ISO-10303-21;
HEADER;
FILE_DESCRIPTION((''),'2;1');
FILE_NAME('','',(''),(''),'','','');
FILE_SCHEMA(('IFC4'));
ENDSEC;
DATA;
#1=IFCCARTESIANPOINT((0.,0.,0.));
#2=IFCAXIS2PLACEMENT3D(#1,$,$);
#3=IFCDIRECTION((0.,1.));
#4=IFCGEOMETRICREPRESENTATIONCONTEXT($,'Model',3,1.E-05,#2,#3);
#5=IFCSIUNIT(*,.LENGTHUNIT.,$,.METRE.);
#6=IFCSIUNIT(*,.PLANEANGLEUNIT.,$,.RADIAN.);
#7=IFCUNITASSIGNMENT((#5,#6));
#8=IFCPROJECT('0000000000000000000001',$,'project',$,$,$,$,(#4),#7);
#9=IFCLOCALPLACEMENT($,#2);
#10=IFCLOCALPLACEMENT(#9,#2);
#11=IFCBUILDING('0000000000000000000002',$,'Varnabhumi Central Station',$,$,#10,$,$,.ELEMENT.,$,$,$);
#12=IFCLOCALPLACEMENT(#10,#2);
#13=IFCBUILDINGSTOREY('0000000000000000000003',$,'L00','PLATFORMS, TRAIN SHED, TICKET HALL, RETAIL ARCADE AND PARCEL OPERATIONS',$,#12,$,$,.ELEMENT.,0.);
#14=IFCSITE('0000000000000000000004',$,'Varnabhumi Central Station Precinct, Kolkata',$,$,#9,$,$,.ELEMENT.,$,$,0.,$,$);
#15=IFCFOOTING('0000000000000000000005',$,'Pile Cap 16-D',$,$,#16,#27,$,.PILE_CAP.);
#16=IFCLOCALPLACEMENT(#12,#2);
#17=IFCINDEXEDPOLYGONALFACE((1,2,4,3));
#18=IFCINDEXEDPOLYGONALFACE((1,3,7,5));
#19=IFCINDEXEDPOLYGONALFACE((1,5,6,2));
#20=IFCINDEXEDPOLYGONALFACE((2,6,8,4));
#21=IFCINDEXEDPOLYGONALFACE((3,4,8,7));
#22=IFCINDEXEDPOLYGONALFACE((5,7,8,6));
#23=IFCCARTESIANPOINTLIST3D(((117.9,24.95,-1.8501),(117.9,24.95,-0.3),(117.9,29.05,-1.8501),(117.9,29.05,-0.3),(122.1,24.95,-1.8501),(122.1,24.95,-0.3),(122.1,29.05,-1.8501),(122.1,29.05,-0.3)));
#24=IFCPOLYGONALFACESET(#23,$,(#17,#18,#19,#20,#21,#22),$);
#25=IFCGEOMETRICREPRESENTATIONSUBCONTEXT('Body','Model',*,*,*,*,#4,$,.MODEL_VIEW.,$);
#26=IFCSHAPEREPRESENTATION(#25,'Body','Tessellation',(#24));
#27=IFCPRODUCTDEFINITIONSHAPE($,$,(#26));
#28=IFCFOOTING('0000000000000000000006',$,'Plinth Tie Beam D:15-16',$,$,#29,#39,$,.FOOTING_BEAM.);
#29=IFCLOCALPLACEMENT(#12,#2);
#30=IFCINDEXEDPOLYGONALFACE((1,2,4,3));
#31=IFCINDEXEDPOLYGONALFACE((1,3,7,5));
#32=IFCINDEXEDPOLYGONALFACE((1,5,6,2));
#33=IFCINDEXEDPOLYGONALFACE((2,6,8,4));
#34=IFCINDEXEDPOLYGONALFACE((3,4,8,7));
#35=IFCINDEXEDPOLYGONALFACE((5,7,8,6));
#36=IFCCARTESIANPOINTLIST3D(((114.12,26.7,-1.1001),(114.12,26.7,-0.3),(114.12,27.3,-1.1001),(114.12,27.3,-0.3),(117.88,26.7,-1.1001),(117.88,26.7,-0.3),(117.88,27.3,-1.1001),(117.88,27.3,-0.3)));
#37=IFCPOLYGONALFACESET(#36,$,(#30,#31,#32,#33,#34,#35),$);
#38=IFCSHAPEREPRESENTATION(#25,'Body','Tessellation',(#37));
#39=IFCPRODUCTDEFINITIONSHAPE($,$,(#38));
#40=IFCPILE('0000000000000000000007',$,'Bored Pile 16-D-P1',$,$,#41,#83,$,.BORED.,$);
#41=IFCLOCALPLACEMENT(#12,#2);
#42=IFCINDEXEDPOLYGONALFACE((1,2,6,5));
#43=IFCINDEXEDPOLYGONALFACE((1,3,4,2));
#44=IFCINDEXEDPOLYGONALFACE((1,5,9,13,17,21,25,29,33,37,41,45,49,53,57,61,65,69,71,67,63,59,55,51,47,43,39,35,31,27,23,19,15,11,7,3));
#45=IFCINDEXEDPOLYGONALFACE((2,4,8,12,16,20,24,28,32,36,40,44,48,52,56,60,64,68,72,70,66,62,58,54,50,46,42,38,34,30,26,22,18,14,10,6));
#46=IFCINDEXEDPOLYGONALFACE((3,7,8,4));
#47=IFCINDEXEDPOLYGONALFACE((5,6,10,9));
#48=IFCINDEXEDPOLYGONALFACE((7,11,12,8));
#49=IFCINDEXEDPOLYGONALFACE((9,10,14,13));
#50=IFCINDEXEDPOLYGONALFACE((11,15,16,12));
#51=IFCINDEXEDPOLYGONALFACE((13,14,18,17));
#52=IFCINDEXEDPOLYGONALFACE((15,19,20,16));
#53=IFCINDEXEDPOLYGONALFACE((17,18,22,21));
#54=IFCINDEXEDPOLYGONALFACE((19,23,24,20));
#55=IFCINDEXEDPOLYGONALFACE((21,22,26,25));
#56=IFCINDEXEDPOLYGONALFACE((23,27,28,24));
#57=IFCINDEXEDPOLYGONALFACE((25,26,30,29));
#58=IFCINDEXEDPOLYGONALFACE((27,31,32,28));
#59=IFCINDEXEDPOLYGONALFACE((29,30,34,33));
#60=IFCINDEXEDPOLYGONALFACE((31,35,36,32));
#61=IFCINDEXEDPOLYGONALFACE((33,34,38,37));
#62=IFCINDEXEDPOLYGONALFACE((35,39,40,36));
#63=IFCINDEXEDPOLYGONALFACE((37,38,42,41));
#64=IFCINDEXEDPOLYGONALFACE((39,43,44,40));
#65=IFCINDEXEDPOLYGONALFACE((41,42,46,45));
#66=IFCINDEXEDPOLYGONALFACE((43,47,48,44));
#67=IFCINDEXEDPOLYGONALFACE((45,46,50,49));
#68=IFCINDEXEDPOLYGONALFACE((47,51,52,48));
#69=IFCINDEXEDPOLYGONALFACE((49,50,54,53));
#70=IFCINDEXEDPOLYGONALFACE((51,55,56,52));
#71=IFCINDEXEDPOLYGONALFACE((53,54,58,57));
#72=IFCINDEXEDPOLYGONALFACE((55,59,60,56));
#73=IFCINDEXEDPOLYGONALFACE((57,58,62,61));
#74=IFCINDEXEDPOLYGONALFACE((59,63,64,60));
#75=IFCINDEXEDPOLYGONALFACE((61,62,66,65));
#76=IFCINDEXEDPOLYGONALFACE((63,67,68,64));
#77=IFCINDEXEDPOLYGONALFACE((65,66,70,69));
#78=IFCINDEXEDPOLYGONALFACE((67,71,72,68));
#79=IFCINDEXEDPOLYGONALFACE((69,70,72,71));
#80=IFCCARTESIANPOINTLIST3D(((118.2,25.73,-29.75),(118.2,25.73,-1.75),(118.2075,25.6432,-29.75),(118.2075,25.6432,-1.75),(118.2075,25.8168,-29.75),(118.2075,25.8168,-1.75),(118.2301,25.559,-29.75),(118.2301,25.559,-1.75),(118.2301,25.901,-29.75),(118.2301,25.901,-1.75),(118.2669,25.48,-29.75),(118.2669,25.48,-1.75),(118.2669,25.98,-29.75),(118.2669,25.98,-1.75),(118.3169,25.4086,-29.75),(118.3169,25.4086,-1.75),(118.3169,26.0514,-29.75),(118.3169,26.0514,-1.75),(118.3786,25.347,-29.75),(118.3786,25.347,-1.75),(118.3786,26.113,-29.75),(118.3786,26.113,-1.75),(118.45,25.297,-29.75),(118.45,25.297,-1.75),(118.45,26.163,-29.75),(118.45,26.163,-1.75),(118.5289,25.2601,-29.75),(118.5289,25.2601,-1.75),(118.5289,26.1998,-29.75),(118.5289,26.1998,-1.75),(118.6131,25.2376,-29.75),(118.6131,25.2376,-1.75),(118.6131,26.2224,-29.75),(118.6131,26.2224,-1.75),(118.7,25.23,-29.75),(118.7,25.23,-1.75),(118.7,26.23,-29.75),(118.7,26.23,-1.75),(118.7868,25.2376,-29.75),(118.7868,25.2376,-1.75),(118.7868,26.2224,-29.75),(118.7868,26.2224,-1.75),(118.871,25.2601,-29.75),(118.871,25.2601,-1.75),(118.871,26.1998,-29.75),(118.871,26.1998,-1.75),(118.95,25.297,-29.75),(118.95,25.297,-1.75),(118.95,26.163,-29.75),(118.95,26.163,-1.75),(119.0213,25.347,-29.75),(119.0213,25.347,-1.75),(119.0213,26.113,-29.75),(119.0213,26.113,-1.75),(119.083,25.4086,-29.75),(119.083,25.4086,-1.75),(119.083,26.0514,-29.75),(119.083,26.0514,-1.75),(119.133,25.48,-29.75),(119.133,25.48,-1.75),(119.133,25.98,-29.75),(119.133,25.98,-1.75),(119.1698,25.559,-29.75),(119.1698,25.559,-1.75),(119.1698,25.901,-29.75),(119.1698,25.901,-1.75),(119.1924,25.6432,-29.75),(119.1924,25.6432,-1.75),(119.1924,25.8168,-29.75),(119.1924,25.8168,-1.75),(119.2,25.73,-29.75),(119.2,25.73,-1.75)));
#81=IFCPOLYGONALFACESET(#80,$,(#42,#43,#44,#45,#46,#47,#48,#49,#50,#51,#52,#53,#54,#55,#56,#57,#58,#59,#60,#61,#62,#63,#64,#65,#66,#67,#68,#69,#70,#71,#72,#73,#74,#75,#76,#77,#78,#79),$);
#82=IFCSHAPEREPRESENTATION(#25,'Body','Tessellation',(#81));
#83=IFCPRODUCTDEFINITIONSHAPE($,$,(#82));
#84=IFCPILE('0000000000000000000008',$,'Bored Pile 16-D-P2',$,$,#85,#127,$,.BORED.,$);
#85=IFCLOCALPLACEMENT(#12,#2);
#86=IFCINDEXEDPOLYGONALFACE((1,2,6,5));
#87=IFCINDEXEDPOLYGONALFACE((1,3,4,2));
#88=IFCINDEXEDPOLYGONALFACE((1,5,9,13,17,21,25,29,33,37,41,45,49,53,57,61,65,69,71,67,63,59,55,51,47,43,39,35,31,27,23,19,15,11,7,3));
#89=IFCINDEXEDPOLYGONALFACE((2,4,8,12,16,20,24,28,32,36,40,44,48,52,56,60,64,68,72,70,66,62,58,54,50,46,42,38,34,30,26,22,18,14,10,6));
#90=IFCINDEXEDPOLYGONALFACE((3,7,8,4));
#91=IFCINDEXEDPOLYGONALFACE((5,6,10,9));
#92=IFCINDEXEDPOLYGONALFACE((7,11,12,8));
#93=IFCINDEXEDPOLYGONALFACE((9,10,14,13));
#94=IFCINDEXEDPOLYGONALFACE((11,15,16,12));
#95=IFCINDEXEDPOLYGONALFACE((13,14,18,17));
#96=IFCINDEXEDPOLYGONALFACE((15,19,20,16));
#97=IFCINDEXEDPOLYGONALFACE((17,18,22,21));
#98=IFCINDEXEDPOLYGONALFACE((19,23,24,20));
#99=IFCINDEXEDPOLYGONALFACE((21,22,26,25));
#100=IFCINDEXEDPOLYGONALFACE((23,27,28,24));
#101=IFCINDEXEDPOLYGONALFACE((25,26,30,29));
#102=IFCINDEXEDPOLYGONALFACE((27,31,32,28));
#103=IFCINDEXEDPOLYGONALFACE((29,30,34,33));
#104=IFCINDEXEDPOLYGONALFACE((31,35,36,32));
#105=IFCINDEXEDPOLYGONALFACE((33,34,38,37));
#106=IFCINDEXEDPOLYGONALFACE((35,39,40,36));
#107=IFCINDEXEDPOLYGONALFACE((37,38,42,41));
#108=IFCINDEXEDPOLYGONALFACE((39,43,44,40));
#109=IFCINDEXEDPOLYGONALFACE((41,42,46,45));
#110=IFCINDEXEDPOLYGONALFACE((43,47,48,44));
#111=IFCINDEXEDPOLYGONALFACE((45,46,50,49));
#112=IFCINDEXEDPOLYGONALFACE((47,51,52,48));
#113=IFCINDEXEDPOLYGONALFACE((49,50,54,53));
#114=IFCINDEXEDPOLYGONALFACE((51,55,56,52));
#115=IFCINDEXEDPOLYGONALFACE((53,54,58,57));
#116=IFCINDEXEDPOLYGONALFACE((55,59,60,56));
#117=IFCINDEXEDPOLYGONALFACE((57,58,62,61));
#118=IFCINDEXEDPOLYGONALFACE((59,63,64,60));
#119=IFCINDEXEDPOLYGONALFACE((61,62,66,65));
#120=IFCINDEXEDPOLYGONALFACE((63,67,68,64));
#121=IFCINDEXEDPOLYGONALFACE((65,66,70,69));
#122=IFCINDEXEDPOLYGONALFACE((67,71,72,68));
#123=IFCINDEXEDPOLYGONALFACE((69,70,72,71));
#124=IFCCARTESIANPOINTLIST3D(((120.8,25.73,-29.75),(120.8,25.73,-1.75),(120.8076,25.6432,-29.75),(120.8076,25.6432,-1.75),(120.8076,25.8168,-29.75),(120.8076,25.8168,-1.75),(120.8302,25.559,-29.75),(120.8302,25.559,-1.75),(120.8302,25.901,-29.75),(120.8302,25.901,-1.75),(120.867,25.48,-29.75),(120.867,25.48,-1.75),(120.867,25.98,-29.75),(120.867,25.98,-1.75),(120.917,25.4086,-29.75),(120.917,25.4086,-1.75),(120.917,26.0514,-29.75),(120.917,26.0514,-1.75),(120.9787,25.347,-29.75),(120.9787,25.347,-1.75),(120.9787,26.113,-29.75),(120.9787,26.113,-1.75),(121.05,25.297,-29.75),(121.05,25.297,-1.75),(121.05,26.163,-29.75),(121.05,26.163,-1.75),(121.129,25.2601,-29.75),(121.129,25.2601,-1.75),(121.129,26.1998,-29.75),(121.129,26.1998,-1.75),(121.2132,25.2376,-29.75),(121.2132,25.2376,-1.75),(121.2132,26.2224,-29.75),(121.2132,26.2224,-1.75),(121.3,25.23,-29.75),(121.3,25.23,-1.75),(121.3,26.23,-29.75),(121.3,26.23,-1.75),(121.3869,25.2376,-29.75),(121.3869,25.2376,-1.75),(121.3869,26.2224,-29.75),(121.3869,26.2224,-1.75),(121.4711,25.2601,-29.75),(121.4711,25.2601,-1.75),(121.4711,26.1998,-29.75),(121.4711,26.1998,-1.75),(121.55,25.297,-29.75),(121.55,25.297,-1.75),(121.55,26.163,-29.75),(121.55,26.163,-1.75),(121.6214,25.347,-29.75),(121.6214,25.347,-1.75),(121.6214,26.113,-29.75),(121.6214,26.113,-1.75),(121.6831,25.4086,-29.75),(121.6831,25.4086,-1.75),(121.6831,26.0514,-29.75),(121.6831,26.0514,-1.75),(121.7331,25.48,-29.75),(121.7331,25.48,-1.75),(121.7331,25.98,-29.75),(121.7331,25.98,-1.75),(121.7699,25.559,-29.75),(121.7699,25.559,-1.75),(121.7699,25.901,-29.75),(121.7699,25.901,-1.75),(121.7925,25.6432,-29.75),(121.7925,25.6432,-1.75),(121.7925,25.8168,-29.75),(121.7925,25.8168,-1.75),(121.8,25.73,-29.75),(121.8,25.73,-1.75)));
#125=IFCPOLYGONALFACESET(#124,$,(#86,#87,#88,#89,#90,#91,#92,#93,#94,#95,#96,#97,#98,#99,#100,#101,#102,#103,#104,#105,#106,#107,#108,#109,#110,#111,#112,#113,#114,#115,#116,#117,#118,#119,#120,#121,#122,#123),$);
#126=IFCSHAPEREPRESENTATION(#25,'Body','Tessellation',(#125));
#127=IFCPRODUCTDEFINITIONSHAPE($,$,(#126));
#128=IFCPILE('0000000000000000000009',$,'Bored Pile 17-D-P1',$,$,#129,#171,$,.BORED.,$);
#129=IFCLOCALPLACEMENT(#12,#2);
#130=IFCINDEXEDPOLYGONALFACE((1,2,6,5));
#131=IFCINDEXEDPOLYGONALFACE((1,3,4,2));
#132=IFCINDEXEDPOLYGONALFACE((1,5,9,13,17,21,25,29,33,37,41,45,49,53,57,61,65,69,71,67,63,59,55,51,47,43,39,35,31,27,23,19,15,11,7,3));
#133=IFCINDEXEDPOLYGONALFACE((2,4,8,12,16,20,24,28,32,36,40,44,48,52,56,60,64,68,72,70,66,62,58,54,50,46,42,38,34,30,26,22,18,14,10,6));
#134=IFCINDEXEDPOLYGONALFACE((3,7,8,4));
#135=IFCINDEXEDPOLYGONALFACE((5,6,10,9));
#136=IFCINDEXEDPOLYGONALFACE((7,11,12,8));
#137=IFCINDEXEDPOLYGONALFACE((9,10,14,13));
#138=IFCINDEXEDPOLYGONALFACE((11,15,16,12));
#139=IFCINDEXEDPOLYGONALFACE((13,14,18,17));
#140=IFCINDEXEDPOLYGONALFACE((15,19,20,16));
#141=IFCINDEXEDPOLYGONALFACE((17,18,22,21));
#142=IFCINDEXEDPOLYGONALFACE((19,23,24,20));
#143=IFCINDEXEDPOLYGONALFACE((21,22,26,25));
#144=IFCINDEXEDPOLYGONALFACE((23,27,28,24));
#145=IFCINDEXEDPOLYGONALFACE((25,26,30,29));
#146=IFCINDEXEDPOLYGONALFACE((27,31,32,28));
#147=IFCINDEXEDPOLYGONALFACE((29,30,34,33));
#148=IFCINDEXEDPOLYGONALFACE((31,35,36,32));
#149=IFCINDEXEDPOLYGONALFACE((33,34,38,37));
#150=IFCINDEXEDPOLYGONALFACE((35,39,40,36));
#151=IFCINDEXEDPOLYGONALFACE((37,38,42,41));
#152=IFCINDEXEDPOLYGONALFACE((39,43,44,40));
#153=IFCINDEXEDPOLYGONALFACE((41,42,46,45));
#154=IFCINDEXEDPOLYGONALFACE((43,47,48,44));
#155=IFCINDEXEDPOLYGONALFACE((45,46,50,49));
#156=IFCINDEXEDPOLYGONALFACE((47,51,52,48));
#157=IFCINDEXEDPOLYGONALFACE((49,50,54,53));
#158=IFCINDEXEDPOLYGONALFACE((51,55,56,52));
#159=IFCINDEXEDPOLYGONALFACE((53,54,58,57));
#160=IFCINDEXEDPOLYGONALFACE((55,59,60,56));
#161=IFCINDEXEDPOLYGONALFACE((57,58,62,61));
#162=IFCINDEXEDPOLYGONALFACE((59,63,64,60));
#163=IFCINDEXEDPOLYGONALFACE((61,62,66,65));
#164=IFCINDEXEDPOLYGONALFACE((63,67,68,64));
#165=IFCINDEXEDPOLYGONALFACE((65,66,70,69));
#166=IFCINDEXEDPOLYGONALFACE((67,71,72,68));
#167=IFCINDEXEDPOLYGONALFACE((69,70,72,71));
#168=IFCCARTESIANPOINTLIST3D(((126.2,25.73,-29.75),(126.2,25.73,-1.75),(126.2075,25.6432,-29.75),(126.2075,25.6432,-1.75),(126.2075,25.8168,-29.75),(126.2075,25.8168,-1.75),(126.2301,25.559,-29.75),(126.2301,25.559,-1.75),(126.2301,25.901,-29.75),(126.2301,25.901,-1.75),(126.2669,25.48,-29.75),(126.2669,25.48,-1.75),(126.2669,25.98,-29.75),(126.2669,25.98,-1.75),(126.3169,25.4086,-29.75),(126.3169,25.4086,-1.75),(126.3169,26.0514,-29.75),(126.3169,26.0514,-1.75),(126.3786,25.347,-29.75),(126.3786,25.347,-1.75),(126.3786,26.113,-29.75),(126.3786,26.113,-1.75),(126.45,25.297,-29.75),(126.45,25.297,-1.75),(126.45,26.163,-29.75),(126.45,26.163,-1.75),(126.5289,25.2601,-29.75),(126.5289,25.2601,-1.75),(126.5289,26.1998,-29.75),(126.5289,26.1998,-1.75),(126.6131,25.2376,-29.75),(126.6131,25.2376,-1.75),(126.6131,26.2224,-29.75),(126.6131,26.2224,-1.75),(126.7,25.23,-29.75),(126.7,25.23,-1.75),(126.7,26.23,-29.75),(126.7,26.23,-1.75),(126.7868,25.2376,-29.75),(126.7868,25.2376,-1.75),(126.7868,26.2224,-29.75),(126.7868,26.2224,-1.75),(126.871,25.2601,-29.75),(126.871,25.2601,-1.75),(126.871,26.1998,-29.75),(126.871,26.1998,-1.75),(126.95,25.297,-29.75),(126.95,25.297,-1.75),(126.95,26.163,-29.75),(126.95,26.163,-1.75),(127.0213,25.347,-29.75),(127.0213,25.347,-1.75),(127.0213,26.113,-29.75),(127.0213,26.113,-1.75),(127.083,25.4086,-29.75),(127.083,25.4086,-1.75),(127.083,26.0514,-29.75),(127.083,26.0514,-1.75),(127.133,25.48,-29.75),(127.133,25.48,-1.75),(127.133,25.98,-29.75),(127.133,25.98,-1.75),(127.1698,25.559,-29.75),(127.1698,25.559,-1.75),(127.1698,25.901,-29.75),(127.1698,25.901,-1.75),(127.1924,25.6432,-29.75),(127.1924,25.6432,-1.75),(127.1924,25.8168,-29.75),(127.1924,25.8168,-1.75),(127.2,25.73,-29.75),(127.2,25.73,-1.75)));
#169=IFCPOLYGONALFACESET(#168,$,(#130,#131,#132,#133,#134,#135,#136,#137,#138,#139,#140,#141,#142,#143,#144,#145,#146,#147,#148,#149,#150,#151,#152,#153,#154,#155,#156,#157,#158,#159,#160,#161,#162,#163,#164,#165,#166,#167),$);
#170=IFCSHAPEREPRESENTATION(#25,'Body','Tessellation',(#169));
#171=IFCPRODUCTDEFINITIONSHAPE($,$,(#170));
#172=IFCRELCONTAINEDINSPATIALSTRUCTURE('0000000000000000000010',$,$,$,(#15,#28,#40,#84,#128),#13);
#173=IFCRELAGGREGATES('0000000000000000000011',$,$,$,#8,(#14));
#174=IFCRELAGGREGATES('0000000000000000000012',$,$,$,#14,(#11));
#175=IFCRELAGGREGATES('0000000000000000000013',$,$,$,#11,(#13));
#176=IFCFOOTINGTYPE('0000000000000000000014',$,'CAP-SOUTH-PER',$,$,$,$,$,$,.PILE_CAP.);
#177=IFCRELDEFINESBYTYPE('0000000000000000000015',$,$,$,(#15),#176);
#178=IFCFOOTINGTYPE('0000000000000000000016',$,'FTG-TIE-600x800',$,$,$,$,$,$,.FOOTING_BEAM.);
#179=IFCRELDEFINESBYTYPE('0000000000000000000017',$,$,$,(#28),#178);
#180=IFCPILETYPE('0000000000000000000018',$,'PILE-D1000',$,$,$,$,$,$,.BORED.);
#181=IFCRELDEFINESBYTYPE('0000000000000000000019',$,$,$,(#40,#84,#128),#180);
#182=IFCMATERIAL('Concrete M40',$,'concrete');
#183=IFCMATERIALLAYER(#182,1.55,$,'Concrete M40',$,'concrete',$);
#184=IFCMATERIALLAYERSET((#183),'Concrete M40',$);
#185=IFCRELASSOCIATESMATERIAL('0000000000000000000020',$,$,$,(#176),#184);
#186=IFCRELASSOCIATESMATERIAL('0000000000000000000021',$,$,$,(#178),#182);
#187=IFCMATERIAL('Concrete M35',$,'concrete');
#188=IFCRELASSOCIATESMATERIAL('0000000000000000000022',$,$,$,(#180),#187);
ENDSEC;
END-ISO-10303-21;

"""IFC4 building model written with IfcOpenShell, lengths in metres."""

from ifc_helpers import new_model, si_unit, direction, frame, origin, origin_2d, place, context, subcontext, project, spatial, rectangle, circle, extrude, material, layer, layer_set, material_profile, profile_set, type_object, element, save


model = new_model("IFC4")

# Units and contexts
model_context = context("Model", 3, precision=1e-05, world=origin(), true_north=direction((0.0, 1.0)))
body_context = subcontext(model_context, "Body", "Model", "MODEL_VIEW")
ifc_project = project(units=[si_unit("LENGTHUNIT", "METRE"), si_unit("PLANEANGLEUNIT", "RADIAN")], contexts=[model_context])

# Site, building, storey
site_placement = place(None, origin())
site = spatial("IfcSite", under=ifc_project, at=site_placement, Name="Varnabhumi Central Station Precinct, Kolkata", CompositionType="ELEMENT", RefElevation=0.0)
building_placement = place(site_placement, origin())
building = spatial("IfcBuilding", under=site, at=building_placement, Name="Varnabhumi Central Station", CompositionType="ELEMENT")
storey_placement = place(building_placement, origin())
storey = spatial("IfcBuildingStorey", under=building, at=storey_placement, Name="L00", Description="PLATFORMS, TRAIN SHED, TICKET HALL, RETAIL ARCADE AND PARCEL OPERATIONS", CompositionType="ELEMENT", Elevation=0.0)

# Footings
ifc_material_1 = material(Name="Concrete M40", Category="concrete")
ifc_layer_1 = layer(ifc_material_1, 1.55, Name="Concrete M40", Category="concrete")
ifc_layer_set_1 = layer_set([ifc_layer_1], Name="Concrete M40")
footing_type_1 = type_object("IfcFootingType", Name="CAP-SOUTH-PER", PredefinedType="PILE_CAP", material=ifc_layer_set_1)
footing_1_placement = place(storey_placement, frame((120.0, 27.0, -1.8501), z_axis=(0.0, 0.0, 1.0), x_axis=(1.0, 0.0, 0.0)))
element("IfcFooting", 1, at=footing_1_placement, inside=storey, type_object=footing_type_1, Name="Pile Cap 16-D", PredefinedType="PILE_CAP", context=body_context, shape_type="SweptSolid", body=[
    extrude(rectangle(XDim=4.2, YDim=4.1001, at=origin_2d()), origin(), (0.0, 0.0, 1.0), 1.55),
])
footing_type_2 = type_object("IfcFootingType", Name="FTG-TIE-600x800", PredefinedType="FOOTING_BEAM", material=ifc_material_1)
footing_2_placement = place(storey_placement, frame((116.0, 27.0, -1.1001), z_axis=(0.0, 0.0, 1.0), x_axis=(1.0, 0.0, 0.0)))
element("IfcFooting", 2, at=footing_2_placement, inside=storey, type_object=footing_type_2, Name="Plinth Tie Beam D:15-16", PredefinedType="FOOTING_BEAM", context=body_context, shape_type="SweptSolid", body=[
    extrude(rectangle(XDim=3.76, YDim=0.6001, at=origin_2d()), origin(), (0.0, 0.0, 1.0), 0.8),
])

# Piles
ifc_material_2 = material(Name="Concrete M35", Category="concrete")
ifc_material_profile_1 = material_profile(ifc_material_2, circle(Radius=0.5, at=origin_2d()), Name="Concrete M35", Category="concrete")
ifc_profile_set_1 = profile_set([ifc_material_profile_1], Name="Concrete M35")
pile_type = type_object("IfcPileType", Name="PILE-D1000", PredefinedType="BORED", material=ifc_profile_set_1)
for number, where, z_axis, x_axis, name in (
    (3, (118.7, 25.73, -1.75), (0.0, 0.0, -1.0), (1.0, 0.0, 0.0), "Bored Pile 16-D-P1"),
    (4, (121.3, 25.73, -1.75), (0.0, 0.0, -1.0), (1.0, 0.0, 0.0), "Bored Pile 16-D-P2"),
    (5, (126.7, 25.73, -1.75), (0.0, 0.0, -1.0), (1.0, 0.0, 0.0), "Bored Pile 17-D-P1"),
):
    element("IfcPile", number, at=place(storey_placement, frame(where, z_axis=z_axis, x_axis=x_axis)), inside=storey, type_object=pile_type, Name=name, PredefinedType="BORED", context=body_context, shape_type="SweptSolid", body=[
        extrude(circle(Radius=0.5, at=origin_2d()), origin(), (0.0, 0.0, 1.0), 28.0),
    ])

save(model, "model.ifc")
